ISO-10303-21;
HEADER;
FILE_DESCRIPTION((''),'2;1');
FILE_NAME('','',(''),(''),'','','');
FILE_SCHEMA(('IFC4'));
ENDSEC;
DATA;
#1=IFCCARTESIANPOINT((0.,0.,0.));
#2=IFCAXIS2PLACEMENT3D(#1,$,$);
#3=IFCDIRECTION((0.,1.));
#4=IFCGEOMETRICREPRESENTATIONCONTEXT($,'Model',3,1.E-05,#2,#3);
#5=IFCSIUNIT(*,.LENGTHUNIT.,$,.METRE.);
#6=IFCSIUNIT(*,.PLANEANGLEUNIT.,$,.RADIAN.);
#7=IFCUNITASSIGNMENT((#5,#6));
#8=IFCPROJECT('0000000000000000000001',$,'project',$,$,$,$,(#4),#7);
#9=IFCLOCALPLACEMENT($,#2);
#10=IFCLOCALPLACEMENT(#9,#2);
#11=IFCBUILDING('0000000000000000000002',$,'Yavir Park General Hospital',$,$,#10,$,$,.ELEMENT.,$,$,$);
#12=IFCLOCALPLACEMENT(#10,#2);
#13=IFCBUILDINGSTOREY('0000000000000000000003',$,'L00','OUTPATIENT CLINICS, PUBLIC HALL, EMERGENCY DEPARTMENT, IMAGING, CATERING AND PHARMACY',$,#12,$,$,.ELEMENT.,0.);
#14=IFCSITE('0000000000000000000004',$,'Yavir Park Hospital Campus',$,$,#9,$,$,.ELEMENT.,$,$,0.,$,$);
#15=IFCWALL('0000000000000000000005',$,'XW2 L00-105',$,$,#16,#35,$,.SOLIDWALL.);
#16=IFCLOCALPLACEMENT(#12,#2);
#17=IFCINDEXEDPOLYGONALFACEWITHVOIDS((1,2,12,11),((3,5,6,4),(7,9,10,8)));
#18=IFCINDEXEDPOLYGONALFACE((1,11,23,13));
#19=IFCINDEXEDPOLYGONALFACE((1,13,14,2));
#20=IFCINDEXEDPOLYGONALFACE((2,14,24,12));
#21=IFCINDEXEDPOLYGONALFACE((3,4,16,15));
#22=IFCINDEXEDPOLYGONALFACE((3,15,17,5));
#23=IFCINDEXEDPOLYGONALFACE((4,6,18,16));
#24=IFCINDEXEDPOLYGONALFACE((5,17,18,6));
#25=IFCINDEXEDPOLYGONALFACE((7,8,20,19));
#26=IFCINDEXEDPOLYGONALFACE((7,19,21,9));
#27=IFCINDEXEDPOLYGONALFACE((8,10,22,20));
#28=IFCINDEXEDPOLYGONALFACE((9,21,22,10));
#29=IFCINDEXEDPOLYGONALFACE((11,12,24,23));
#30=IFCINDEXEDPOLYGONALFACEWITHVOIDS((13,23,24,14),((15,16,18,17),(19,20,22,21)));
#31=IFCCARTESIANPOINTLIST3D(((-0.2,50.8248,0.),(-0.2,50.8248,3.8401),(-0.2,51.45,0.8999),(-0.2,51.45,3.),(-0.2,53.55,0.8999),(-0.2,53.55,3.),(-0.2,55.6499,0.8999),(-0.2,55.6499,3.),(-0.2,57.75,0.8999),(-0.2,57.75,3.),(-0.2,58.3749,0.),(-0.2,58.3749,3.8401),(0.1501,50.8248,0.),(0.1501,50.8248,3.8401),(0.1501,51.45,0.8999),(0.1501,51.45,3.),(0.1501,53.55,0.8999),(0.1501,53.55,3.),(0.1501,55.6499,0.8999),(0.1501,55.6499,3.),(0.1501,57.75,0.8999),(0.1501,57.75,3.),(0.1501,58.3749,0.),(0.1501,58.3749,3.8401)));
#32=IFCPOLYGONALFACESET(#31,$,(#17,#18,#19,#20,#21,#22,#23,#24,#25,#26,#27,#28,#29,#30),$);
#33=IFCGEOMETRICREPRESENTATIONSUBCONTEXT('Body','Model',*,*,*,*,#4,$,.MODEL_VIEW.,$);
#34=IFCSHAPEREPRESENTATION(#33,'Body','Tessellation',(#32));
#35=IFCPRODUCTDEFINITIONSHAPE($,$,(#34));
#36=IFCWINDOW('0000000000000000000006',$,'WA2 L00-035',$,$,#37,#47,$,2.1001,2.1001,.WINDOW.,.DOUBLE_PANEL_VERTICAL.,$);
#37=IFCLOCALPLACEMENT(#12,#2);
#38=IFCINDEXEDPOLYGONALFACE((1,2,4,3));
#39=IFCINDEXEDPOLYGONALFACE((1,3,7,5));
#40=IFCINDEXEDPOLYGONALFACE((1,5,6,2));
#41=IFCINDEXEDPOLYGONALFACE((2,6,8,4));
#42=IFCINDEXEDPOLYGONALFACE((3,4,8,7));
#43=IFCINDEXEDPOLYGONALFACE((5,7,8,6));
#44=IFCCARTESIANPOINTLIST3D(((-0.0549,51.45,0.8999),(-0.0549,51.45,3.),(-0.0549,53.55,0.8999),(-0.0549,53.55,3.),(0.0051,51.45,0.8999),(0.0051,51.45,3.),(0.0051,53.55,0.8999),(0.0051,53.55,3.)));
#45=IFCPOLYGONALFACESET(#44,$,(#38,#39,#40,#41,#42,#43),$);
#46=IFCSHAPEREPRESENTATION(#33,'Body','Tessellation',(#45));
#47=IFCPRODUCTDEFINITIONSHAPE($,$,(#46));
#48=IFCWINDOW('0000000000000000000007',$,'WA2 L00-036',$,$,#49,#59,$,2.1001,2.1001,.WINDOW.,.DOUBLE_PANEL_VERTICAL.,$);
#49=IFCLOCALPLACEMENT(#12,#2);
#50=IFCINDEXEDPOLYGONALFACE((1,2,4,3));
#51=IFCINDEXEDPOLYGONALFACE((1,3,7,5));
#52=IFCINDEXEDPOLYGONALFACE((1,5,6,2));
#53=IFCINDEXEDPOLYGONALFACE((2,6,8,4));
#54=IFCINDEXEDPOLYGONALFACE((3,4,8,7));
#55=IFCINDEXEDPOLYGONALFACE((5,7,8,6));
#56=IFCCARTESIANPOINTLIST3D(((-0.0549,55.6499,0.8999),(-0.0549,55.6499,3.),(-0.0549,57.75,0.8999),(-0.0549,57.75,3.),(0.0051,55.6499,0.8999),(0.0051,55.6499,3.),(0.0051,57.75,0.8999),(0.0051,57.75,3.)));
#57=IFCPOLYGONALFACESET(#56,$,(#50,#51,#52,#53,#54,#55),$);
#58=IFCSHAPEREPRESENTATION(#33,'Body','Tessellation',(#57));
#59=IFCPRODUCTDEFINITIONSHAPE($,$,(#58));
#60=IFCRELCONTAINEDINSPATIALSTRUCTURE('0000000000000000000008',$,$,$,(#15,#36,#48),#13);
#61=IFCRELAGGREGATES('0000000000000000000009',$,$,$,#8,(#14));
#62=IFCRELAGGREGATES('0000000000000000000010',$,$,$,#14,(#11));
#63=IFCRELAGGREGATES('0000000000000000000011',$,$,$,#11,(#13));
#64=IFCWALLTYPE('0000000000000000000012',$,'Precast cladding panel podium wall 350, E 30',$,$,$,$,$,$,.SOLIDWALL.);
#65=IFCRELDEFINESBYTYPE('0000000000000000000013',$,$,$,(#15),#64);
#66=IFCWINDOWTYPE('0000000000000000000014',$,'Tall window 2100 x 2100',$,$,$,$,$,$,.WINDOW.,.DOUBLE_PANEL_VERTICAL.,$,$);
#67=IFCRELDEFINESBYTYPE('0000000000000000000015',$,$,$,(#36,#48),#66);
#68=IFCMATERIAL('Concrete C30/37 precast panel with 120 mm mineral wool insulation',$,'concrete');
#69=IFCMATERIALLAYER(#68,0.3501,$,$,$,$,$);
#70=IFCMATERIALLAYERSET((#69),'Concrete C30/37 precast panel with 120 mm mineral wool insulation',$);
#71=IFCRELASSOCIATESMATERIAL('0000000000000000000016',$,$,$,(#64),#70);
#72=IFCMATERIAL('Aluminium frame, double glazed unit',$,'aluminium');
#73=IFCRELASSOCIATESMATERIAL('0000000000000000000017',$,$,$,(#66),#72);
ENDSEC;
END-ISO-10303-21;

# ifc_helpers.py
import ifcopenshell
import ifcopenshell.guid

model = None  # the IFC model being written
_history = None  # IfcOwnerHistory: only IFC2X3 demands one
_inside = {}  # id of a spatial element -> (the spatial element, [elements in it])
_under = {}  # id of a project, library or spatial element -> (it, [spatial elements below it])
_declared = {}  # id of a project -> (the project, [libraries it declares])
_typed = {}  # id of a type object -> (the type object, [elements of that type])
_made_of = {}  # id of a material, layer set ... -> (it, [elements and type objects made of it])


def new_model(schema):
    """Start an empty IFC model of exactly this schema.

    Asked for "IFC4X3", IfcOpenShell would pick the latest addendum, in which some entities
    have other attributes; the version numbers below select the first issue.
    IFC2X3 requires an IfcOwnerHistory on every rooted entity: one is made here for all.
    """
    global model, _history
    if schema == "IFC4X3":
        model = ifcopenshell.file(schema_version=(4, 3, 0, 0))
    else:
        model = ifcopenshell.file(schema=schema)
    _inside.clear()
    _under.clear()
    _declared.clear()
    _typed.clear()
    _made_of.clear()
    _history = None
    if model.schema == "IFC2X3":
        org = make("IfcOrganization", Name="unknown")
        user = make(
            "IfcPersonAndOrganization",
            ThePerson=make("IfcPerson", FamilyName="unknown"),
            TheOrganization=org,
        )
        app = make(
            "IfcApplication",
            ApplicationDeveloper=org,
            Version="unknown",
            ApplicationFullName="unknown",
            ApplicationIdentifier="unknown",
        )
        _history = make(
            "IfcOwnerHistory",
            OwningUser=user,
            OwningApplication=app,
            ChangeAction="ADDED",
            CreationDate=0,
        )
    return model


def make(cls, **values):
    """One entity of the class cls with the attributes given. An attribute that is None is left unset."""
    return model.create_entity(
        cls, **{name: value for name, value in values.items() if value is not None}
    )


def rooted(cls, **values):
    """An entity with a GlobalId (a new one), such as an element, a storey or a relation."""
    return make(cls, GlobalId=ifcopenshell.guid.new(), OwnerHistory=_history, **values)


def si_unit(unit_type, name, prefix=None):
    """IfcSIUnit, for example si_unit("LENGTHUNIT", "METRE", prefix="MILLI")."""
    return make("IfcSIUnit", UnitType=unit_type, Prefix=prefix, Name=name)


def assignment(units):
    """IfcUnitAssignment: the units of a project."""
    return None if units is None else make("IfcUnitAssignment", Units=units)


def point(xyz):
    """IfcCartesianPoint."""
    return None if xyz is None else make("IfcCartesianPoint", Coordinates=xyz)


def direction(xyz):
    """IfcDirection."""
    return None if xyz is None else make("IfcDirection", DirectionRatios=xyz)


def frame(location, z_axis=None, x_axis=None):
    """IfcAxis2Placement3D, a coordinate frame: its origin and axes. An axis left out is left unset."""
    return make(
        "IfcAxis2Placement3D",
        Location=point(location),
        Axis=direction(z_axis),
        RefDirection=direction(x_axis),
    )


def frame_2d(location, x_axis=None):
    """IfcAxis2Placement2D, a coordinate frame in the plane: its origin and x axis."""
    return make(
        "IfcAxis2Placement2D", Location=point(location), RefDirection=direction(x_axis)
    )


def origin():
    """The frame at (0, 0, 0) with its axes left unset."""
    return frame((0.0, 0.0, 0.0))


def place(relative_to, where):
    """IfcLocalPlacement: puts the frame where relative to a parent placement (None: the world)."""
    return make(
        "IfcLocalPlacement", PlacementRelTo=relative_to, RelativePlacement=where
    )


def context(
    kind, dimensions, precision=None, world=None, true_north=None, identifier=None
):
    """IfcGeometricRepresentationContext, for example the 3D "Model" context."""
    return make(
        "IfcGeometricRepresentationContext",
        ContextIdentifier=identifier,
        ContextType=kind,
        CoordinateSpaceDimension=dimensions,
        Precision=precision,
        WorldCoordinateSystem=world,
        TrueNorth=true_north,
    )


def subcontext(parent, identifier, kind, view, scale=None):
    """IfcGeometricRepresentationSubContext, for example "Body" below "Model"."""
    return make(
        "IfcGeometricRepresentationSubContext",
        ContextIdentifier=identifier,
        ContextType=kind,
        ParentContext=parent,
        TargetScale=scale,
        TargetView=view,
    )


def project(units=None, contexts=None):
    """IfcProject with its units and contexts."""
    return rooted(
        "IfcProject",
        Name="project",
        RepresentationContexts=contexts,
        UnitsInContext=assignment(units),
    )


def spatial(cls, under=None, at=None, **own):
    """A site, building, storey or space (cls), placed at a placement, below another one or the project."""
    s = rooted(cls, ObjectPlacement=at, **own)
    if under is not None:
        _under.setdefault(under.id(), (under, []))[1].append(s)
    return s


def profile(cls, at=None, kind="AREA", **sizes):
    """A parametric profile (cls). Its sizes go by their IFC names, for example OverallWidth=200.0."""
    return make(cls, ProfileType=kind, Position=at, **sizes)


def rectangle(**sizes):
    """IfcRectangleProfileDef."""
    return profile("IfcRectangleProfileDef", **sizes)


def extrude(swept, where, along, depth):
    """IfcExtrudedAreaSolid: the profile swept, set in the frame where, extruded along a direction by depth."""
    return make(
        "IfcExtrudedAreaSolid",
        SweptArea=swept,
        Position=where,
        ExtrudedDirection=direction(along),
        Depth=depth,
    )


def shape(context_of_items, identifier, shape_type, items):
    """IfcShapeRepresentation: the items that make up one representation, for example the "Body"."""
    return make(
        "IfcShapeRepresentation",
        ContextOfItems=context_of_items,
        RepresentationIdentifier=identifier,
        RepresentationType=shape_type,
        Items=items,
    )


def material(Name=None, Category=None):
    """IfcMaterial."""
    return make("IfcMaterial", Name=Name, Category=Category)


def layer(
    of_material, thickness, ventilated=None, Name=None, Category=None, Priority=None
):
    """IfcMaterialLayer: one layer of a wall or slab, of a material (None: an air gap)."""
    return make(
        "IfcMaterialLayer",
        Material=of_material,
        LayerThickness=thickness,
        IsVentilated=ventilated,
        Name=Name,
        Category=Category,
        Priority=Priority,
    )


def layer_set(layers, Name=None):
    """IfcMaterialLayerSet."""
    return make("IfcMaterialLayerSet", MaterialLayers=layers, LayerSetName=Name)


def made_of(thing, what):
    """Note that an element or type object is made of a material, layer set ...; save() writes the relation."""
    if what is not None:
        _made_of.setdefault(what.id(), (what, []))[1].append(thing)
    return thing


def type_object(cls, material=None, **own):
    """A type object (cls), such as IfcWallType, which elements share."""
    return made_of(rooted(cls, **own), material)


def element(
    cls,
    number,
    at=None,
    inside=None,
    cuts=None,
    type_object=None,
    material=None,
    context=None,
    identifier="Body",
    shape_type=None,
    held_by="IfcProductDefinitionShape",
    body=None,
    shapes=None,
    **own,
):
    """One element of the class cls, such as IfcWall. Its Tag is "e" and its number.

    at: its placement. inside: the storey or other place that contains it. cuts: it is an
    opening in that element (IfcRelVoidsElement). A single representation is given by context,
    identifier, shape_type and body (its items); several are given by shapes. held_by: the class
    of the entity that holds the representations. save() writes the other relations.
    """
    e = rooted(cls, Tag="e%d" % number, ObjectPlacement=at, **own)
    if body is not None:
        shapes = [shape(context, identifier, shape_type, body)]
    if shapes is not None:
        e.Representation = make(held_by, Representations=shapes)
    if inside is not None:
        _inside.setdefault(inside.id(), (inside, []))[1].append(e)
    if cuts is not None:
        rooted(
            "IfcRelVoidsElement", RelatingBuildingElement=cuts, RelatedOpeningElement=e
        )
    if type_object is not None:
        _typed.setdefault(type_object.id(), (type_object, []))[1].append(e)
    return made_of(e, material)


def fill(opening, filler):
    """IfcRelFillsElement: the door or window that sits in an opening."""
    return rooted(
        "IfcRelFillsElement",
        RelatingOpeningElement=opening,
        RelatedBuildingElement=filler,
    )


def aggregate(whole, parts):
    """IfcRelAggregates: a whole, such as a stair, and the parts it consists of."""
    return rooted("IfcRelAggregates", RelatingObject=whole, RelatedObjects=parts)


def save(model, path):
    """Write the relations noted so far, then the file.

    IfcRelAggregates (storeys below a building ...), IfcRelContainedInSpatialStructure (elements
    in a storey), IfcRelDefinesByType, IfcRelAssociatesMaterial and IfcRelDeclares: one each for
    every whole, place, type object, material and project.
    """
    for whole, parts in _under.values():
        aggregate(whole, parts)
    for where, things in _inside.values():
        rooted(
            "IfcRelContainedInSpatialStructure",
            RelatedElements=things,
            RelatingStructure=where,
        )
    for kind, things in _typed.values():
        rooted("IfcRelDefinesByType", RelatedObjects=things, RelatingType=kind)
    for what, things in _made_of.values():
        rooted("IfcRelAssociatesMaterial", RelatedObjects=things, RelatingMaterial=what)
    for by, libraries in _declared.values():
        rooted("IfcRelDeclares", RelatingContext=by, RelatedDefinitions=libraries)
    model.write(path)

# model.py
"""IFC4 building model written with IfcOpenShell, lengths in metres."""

from ifc_helpers import new_model, si_unit, direction, frame, frame_2d, origin, place, context, subcontext, project, spatial, rectangle, extrude, material, layer, layer_set, type_object, element, fill, save


model = new_model("IFC4")

# Units and contexts
model_context = context("Model", 3, precision=1e-05, world=origin(), true_north=direction((0.0, 1.0)))
body_context = subcontext(model_context, "Body", "Model", "MODEL_VIEW")
ifc_project = project(units=[si_unit("LENGTHUNIT", "METRE"), si_unit("PLANEANGLEUNIT", "RADIAN")], contexts=[model_context])

# Site, building, storey
site_placement = place(None, origin())
site = spatial("IfcSite", under=ifc_project, at=site_placement, Name="Yavir Park Hospital Campus", CompositionType="ELEMENT", RefElevation=0.0)
building_placement = place(site_placement, origin())
building = spatial("IfcBuilding", under=site, at=building_placement, Name="Yavir Park General Hospital", CompositionType="ELEMENT")
storey_placement = place(building_placement, origin())
storey = spatial("IfcBuildingStorey", under=building, at=storey_placement, Name="L00", Description="OUTPATIENT CLINICS, PUBLIC HALL, EMERGENCY DEPARTMENT, IMAGING, CATERING AND PHARMACY", CompositionType="ELEMENT", Elevation=0.0)

# Wall, openings, windows
ifc_material_1 = material(Name="Concrete C30/37 precast panel with 120 mm mineral wool insulation", Category="concrete")
ifc_layer_1 = layer(ifc_material_1, 0.3501)
ifc_layer_set_1 = layer_set([ifc_layer_1], Name="Concrete C30/37 precast panel with 120 mm mineral wool insulation")
wall_type_1 = type_object("IfcWallType", Name="Precast cladding panel podium wall 350, E 30", PredefinedType="SOLIDWALL", material=ifc_layer_set_1)
wall_1_placement = place(storey_placement, frame((-0.0249, 50.825, 0.0), z_axis=(0.0, 0.0, 1.0), x_axis=(0.0, 1.0, 0.0)))
wall_1 = element("IfcWall", 1, at=wall_1_placement, inside=storey, type_object=wall_type_1, Name="XW2 L00-105", PredefinedType="SOLIDWALL", context=body_context, shape_type="SweptSolid", body=[
    extrude(rectangle(XDim=7.55, YDim=0.3501, at=frame_2d((3.7749, 0.0))), origin(), (0.0, 0.0, 1.0), 3.8401),
])
opening_1_placement = place(wall_1_placement, frame((0.625, 0.0, 0.8999)))
opening_1 = element("IfcOpeningElement", 2, at=opening_1_placement, cuts=wall_1, PredefinedType="OPENING", context=body_context, shape_type="SweptSolid", body=[
    extrude(rectangle(XDim=2.1001, YDim=2.1001, at=frame_2d((1.05, 1.05))), frame((0.0, 0.1851, 0.0), z_axis=(0.0, -1.0, 0.0), x_axis=(1.0, 0.0, 0.0)), (0.0, 0.0, 1.0), 0.3701),
])
opening_2_placement = place(wall_1_placement, frame((4.825, 0.0, 0.8999)))
opening_2 = element("IfcOpeningElement", 3, at=opening_2_placement, cuts=wall_1, PredefinedType="OPENING", context=body_context, shape_type="SweptSolid", body=[
    extrude(rectangle(XDim=2.1001, YDim=2.1001, at=frame_2d((1.05, 1.05))), frame((0.0, 0.1851, 0.0), z_axis=(0.0, -1.0, 0.0), x_axis=(1.0, 0.0, 0.0)), (0.0, 0.0, 1.0), 0.3701),
])
ifc_material_2 = material(Name="Aluminium frame, double glazed unit", Category="aluminium")
window_type = type_object("IfcWindowType", Name="Tall window 2100 x 2100", PartitioningType="DOUBLE_PANEL_VERTICAL", PredefinedType="WINDOW", material=ifc_material_2)
window_1_placement = place(opening_1_placement, origin())
window_1 = element("IfcWindow", 4, at=window_1_placement, inside=storey, type_object=window_type, Name="WA2 L00-035", OverallHeight=2.1001, OverallWidth=2.1001, PartitioningType="DOUBLE_PANEL_VERTICAL", PredefinedType="WINDOW", context=body_context, shape_type="SweptSolid", body=[
    extrude(rectangle(XDim=2.1001, YDim=2.1001, at=frame_2d((1.05, 1.05))), frame((0.0, 0.03, 0.0), z_axis=(0.0, -1.0, 0.0), x_axis=(1.0, 0.0, 0.0)), (0.0, 0.0, 1.0), 0.0601),
])
fill(opening_1, window_1)
window_2_placement = place(opening_2_placement, origin())
window_2 = element("IfcWindow", 5, at=window_2_placement, inside=storey, type_object=window_type, Name="WA2 L00-036", OverallHeight=2.1001, OverallWidth=2.1001, PartitioningType="DOUBLE_PANEL_VERTICAL", PredefinedType="WINDOW", context=body_context, shape_type="SweptSolid", body=[
    extrude(rectangle(XDim=2.1001, YDim=2.1001, at=frame_2d((1.05, 1.05))), frame((0.0, 0.03, 0.0), z_axis=(0.0, -1.0, 0.0), x_axis=(1.0, 0.0, 0.0)), (0.0, 0.0, 1.0), 0.0601),
])
fill(opening_2, window_2)

save(model, "model.ifc")
